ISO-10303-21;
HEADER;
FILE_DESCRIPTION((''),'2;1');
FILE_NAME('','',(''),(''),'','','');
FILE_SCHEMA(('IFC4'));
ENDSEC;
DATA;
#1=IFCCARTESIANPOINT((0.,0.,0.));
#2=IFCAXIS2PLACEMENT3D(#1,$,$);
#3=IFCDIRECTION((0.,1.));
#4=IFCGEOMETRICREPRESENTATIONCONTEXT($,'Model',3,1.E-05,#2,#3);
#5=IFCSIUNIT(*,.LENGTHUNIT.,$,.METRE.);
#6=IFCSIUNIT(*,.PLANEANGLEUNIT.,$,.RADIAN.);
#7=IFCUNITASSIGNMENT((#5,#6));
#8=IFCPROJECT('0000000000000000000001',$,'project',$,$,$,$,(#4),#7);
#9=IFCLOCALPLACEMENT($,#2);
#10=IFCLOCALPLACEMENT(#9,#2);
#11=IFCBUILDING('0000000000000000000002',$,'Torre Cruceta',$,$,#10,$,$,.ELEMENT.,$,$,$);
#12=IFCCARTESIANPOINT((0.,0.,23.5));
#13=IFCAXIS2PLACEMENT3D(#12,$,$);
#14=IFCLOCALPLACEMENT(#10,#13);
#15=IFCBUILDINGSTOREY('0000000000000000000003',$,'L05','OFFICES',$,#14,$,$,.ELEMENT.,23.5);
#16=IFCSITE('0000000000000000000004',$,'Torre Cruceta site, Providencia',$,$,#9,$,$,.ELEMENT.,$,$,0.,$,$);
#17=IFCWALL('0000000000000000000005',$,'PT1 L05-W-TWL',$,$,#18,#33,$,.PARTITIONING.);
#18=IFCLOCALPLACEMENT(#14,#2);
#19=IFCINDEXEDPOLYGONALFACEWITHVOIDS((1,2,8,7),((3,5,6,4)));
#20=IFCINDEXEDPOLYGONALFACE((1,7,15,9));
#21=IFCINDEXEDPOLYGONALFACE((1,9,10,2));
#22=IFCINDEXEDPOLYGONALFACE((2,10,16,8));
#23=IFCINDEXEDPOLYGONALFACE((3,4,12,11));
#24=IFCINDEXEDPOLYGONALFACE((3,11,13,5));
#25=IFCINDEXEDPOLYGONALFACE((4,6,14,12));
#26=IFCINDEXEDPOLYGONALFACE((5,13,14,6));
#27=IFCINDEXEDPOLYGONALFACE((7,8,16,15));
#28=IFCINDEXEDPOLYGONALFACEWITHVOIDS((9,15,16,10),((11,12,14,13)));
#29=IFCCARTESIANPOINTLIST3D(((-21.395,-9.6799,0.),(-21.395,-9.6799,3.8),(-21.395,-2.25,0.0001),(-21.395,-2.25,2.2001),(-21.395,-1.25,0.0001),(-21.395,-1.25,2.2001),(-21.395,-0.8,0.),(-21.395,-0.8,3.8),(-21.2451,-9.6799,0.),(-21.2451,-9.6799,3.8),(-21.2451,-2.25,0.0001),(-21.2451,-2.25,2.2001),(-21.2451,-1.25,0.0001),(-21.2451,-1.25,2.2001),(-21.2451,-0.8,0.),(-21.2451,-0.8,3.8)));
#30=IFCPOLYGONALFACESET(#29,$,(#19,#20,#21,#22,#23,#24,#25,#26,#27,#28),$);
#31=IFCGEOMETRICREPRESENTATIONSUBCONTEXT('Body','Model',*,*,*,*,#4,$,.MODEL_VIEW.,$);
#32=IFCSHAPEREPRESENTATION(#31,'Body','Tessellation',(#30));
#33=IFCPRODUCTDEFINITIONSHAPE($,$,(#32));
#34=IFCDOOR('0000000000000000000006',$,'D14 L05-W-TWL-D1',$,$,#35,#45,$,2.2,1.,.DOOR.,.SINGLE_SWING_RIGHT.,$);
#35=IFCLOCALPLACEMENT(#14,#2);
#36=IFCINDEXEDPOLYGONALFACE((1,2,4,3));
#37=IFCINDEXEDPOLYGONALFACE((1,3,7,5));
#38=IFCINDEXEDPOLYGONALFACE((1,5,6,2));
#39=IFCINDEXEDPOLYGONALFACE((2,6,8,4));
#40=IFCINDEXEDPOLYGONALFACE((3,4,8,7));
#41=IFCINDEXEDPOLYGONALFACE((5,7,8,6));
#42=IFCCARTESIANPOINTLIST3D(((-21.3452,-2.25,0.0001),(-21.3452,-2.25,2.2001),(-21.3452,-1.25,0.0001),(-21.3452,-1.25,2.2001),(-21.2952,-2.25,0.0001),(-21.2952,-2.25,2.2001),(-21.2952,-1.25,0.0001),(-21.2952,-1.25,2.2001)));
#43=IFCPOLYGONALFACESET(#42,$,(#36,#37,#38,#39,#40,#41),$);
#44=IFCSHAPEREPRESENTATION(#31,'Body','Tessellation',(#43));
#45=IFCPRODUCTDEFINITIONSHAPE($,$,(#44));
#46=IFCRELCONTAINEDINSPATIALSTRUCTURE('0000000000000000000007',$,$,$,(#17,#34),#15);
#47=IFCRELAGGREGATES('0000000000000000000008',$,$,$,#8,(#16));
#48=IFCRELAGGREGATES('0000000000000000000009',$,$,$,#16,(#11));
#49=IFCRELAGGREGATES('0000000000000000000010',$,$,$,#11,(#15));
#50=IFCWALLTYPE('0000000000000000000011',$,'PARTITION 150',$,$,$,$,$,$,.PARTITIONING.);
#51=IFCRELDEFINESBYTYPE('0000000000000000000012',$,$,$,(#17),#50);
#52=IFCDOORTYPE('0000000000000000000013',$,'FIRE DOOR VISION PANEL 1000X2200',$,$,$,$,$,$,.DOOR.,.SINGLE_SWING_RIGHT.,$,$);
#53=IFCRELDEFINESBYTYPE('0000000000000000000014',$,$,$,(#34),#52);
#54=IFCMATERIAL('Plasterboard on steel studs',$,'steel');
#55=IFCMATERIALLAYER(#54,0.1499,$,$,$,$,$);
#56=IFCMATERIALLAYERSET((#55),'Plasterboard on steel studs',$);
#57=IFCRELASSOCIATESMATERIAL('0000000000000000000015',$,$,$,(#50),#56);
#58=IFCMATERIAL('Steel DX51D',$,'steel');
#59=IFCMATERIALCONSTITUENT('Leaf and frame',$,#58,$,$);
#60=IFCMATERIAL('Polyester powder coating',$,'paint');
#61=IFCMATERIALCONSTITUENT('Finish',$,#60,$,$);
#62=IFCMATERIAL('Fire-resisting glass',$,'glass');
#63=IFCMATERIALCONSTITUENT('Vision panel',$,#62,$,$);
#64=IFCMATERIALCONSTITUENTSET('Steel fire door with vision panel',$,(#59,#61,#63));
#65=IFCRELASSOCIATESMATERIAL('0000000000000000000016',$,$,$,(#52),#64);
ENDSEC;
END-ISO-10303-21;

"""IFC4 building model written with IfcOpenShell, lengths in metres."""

from ifc_helpers import new_model, si_unit, direction, frame, frame_2d, origin, place, context, subcontext, project, spatial, rectangle, extrude, material, layer, layer_set, constituent, constituent_set, type_object, element, fill, save


model = new_model("IFC4")

# Units and contexts
model_context = context("Model", 3, precision=1e-05, world=origin(), true_north=direction((0.0, 1.0)))
body_context = subcontext(model_context, "Body", "Model", "MODEL_VIEW")
ifc_project = project(units=[si_unit("LENGTHUNIT", "METRE"), si_unit("PLANEANGLEUNIT", "RADIAN")], contexts=[model_context])

# Site, building, storey
site_placement = place(None, origin())
site = spatial("IfcSite", under=ifc_project, at=site_placement, Name="Torre Cruceta site, Providencia", CompositionType="ELEMENT", RefElevation=0.0)
building_placement = place(site_placement, origin())
building = spatial("IfcBuilding", under=site, at=building_placement, Name="Torre Cruceta", CompositionType="ELEMENT")
storey_placement = place(building_placement, frame((0.0, 0.0, 23.5)))
storey = spatial("IfcBuildingStorey", under=building, at=storey_placement, Name="L05", Description="OFFICES", CompositionType="ELEMENT", Elevation=23.5)

# Wall, opening, door
ifc_material_1 = material(Name="Plasterboard on steel studs", Category="steel")
ifc_layer_1 = layer(ifc_material_1, 0.1499)
ifc_layer_set_1 = layer_set([ifc_layer_1], Name="Plasterboard on steel studs")
wall_type_1 = type_object("IfcWallType", Name="PARTITION 150", PredefinedType="PARTITIONING", material=ifc_layer_set_1)
wall_1_placement = place(storey_placement, frame((-21.3201, -0.8, 0.0), z_axis=(0.0, 0.0, 1.0), x_axis=(0.0, -1.0, 0.0)))
wall_1 = element("IfcWall", 1, at=wall_1_placement, inside=storey, type_object=wall_type_1, Name="PT1 L05-W-TWL", PredefinedType="PARTITIONING", context=body_context, shape_type="SweptSolid", body=[
    extrude(rectangle(XDim=8.8799, YDim=0.1499, at=frame_2d((4.4399, 0.0))), origin(), (0.0, 0.0, 1.0), 3.8),
])
opening_1_placement = place(wall_1_placement, frame((0.45, 0.0, 0.0)))
opening_1 = element("IfcOpeningElement", 2, at=opening_1_placement, cuts=wall_1, PredefinedType="OPENING", context=body_context, shape_type="SweptSolid", body=[
    extrude(rectangle(XDim=1.0, YDim=2.2, at=frame_2d((0.5, 1.1001))), frame((0.0, 0.085, 0.0), z_axis=(0.0, -1.0, 0.0), x_axis=(1.0, 0.0, 0.0)), (0.0, 0.0, 1.0), 0.1699),
])
ifc_material_2 = material(Name="Steel DX51D", Category="steel")
ifc_constituent_1 = constituent(ifc_material_2, Name="Leaf and frame")
ifc_material_3 = material(Name="Polyester powder coating", Category="paint")
ifc_constituent_2 = constituent(ifc_material_3, Name="Finish")
ifc_material_4 = material(Name="Fire-resisting glass", Category="glass")
ifc_constituent_3 = constituent(ifc_material_4, Name="Vision panel")
ifc_constituent_set_1 = constituent_set(constituents=[ifc_constituent_1, ifc_constituent_2, ifc_constituent_3], Name="Steel fire door with vision panel")
door_type = type_object("IfcDoorType", Name="FIRE DOOR VISION PANEL 1000X2200", OperationType="SINGLE_SWING_RIGHT", PredefinedType="DOOR", material=ifc_constituent_set_1)
door_placement = place(opening_1_placement, frame((1.0, 0.0, 0.0), z_axis=(0.0, 0.0, 1.0), x_axis=(-1.0, 0.0, 0.0)))
door = element("IfcDoor", 3, at=door_placement, inside=storey, type_object=door_type, Name="D14 L05-W-TWL-D1", OperationType="SINGLE_SWING_RIGHT", OverallHeight=2.2, OverallWidth=1.0, PredefinedType="DOOR", context=body_context, shape_type="SweptSolid", body=[
    extrude(rectangle(XDim=1.0, YDim=2.2, at=frame_2d((0.5, 1.1001))), frame((0.0, 0.0251, 0.0), z_axis=(0.0, -1.0, 0.0), x_axis=(1.0, 0.0, 0.0)), (0.0, 0.0, 1.0), 0.05),
])
fill(opening_1, door)

save(model, "model.ifc")
